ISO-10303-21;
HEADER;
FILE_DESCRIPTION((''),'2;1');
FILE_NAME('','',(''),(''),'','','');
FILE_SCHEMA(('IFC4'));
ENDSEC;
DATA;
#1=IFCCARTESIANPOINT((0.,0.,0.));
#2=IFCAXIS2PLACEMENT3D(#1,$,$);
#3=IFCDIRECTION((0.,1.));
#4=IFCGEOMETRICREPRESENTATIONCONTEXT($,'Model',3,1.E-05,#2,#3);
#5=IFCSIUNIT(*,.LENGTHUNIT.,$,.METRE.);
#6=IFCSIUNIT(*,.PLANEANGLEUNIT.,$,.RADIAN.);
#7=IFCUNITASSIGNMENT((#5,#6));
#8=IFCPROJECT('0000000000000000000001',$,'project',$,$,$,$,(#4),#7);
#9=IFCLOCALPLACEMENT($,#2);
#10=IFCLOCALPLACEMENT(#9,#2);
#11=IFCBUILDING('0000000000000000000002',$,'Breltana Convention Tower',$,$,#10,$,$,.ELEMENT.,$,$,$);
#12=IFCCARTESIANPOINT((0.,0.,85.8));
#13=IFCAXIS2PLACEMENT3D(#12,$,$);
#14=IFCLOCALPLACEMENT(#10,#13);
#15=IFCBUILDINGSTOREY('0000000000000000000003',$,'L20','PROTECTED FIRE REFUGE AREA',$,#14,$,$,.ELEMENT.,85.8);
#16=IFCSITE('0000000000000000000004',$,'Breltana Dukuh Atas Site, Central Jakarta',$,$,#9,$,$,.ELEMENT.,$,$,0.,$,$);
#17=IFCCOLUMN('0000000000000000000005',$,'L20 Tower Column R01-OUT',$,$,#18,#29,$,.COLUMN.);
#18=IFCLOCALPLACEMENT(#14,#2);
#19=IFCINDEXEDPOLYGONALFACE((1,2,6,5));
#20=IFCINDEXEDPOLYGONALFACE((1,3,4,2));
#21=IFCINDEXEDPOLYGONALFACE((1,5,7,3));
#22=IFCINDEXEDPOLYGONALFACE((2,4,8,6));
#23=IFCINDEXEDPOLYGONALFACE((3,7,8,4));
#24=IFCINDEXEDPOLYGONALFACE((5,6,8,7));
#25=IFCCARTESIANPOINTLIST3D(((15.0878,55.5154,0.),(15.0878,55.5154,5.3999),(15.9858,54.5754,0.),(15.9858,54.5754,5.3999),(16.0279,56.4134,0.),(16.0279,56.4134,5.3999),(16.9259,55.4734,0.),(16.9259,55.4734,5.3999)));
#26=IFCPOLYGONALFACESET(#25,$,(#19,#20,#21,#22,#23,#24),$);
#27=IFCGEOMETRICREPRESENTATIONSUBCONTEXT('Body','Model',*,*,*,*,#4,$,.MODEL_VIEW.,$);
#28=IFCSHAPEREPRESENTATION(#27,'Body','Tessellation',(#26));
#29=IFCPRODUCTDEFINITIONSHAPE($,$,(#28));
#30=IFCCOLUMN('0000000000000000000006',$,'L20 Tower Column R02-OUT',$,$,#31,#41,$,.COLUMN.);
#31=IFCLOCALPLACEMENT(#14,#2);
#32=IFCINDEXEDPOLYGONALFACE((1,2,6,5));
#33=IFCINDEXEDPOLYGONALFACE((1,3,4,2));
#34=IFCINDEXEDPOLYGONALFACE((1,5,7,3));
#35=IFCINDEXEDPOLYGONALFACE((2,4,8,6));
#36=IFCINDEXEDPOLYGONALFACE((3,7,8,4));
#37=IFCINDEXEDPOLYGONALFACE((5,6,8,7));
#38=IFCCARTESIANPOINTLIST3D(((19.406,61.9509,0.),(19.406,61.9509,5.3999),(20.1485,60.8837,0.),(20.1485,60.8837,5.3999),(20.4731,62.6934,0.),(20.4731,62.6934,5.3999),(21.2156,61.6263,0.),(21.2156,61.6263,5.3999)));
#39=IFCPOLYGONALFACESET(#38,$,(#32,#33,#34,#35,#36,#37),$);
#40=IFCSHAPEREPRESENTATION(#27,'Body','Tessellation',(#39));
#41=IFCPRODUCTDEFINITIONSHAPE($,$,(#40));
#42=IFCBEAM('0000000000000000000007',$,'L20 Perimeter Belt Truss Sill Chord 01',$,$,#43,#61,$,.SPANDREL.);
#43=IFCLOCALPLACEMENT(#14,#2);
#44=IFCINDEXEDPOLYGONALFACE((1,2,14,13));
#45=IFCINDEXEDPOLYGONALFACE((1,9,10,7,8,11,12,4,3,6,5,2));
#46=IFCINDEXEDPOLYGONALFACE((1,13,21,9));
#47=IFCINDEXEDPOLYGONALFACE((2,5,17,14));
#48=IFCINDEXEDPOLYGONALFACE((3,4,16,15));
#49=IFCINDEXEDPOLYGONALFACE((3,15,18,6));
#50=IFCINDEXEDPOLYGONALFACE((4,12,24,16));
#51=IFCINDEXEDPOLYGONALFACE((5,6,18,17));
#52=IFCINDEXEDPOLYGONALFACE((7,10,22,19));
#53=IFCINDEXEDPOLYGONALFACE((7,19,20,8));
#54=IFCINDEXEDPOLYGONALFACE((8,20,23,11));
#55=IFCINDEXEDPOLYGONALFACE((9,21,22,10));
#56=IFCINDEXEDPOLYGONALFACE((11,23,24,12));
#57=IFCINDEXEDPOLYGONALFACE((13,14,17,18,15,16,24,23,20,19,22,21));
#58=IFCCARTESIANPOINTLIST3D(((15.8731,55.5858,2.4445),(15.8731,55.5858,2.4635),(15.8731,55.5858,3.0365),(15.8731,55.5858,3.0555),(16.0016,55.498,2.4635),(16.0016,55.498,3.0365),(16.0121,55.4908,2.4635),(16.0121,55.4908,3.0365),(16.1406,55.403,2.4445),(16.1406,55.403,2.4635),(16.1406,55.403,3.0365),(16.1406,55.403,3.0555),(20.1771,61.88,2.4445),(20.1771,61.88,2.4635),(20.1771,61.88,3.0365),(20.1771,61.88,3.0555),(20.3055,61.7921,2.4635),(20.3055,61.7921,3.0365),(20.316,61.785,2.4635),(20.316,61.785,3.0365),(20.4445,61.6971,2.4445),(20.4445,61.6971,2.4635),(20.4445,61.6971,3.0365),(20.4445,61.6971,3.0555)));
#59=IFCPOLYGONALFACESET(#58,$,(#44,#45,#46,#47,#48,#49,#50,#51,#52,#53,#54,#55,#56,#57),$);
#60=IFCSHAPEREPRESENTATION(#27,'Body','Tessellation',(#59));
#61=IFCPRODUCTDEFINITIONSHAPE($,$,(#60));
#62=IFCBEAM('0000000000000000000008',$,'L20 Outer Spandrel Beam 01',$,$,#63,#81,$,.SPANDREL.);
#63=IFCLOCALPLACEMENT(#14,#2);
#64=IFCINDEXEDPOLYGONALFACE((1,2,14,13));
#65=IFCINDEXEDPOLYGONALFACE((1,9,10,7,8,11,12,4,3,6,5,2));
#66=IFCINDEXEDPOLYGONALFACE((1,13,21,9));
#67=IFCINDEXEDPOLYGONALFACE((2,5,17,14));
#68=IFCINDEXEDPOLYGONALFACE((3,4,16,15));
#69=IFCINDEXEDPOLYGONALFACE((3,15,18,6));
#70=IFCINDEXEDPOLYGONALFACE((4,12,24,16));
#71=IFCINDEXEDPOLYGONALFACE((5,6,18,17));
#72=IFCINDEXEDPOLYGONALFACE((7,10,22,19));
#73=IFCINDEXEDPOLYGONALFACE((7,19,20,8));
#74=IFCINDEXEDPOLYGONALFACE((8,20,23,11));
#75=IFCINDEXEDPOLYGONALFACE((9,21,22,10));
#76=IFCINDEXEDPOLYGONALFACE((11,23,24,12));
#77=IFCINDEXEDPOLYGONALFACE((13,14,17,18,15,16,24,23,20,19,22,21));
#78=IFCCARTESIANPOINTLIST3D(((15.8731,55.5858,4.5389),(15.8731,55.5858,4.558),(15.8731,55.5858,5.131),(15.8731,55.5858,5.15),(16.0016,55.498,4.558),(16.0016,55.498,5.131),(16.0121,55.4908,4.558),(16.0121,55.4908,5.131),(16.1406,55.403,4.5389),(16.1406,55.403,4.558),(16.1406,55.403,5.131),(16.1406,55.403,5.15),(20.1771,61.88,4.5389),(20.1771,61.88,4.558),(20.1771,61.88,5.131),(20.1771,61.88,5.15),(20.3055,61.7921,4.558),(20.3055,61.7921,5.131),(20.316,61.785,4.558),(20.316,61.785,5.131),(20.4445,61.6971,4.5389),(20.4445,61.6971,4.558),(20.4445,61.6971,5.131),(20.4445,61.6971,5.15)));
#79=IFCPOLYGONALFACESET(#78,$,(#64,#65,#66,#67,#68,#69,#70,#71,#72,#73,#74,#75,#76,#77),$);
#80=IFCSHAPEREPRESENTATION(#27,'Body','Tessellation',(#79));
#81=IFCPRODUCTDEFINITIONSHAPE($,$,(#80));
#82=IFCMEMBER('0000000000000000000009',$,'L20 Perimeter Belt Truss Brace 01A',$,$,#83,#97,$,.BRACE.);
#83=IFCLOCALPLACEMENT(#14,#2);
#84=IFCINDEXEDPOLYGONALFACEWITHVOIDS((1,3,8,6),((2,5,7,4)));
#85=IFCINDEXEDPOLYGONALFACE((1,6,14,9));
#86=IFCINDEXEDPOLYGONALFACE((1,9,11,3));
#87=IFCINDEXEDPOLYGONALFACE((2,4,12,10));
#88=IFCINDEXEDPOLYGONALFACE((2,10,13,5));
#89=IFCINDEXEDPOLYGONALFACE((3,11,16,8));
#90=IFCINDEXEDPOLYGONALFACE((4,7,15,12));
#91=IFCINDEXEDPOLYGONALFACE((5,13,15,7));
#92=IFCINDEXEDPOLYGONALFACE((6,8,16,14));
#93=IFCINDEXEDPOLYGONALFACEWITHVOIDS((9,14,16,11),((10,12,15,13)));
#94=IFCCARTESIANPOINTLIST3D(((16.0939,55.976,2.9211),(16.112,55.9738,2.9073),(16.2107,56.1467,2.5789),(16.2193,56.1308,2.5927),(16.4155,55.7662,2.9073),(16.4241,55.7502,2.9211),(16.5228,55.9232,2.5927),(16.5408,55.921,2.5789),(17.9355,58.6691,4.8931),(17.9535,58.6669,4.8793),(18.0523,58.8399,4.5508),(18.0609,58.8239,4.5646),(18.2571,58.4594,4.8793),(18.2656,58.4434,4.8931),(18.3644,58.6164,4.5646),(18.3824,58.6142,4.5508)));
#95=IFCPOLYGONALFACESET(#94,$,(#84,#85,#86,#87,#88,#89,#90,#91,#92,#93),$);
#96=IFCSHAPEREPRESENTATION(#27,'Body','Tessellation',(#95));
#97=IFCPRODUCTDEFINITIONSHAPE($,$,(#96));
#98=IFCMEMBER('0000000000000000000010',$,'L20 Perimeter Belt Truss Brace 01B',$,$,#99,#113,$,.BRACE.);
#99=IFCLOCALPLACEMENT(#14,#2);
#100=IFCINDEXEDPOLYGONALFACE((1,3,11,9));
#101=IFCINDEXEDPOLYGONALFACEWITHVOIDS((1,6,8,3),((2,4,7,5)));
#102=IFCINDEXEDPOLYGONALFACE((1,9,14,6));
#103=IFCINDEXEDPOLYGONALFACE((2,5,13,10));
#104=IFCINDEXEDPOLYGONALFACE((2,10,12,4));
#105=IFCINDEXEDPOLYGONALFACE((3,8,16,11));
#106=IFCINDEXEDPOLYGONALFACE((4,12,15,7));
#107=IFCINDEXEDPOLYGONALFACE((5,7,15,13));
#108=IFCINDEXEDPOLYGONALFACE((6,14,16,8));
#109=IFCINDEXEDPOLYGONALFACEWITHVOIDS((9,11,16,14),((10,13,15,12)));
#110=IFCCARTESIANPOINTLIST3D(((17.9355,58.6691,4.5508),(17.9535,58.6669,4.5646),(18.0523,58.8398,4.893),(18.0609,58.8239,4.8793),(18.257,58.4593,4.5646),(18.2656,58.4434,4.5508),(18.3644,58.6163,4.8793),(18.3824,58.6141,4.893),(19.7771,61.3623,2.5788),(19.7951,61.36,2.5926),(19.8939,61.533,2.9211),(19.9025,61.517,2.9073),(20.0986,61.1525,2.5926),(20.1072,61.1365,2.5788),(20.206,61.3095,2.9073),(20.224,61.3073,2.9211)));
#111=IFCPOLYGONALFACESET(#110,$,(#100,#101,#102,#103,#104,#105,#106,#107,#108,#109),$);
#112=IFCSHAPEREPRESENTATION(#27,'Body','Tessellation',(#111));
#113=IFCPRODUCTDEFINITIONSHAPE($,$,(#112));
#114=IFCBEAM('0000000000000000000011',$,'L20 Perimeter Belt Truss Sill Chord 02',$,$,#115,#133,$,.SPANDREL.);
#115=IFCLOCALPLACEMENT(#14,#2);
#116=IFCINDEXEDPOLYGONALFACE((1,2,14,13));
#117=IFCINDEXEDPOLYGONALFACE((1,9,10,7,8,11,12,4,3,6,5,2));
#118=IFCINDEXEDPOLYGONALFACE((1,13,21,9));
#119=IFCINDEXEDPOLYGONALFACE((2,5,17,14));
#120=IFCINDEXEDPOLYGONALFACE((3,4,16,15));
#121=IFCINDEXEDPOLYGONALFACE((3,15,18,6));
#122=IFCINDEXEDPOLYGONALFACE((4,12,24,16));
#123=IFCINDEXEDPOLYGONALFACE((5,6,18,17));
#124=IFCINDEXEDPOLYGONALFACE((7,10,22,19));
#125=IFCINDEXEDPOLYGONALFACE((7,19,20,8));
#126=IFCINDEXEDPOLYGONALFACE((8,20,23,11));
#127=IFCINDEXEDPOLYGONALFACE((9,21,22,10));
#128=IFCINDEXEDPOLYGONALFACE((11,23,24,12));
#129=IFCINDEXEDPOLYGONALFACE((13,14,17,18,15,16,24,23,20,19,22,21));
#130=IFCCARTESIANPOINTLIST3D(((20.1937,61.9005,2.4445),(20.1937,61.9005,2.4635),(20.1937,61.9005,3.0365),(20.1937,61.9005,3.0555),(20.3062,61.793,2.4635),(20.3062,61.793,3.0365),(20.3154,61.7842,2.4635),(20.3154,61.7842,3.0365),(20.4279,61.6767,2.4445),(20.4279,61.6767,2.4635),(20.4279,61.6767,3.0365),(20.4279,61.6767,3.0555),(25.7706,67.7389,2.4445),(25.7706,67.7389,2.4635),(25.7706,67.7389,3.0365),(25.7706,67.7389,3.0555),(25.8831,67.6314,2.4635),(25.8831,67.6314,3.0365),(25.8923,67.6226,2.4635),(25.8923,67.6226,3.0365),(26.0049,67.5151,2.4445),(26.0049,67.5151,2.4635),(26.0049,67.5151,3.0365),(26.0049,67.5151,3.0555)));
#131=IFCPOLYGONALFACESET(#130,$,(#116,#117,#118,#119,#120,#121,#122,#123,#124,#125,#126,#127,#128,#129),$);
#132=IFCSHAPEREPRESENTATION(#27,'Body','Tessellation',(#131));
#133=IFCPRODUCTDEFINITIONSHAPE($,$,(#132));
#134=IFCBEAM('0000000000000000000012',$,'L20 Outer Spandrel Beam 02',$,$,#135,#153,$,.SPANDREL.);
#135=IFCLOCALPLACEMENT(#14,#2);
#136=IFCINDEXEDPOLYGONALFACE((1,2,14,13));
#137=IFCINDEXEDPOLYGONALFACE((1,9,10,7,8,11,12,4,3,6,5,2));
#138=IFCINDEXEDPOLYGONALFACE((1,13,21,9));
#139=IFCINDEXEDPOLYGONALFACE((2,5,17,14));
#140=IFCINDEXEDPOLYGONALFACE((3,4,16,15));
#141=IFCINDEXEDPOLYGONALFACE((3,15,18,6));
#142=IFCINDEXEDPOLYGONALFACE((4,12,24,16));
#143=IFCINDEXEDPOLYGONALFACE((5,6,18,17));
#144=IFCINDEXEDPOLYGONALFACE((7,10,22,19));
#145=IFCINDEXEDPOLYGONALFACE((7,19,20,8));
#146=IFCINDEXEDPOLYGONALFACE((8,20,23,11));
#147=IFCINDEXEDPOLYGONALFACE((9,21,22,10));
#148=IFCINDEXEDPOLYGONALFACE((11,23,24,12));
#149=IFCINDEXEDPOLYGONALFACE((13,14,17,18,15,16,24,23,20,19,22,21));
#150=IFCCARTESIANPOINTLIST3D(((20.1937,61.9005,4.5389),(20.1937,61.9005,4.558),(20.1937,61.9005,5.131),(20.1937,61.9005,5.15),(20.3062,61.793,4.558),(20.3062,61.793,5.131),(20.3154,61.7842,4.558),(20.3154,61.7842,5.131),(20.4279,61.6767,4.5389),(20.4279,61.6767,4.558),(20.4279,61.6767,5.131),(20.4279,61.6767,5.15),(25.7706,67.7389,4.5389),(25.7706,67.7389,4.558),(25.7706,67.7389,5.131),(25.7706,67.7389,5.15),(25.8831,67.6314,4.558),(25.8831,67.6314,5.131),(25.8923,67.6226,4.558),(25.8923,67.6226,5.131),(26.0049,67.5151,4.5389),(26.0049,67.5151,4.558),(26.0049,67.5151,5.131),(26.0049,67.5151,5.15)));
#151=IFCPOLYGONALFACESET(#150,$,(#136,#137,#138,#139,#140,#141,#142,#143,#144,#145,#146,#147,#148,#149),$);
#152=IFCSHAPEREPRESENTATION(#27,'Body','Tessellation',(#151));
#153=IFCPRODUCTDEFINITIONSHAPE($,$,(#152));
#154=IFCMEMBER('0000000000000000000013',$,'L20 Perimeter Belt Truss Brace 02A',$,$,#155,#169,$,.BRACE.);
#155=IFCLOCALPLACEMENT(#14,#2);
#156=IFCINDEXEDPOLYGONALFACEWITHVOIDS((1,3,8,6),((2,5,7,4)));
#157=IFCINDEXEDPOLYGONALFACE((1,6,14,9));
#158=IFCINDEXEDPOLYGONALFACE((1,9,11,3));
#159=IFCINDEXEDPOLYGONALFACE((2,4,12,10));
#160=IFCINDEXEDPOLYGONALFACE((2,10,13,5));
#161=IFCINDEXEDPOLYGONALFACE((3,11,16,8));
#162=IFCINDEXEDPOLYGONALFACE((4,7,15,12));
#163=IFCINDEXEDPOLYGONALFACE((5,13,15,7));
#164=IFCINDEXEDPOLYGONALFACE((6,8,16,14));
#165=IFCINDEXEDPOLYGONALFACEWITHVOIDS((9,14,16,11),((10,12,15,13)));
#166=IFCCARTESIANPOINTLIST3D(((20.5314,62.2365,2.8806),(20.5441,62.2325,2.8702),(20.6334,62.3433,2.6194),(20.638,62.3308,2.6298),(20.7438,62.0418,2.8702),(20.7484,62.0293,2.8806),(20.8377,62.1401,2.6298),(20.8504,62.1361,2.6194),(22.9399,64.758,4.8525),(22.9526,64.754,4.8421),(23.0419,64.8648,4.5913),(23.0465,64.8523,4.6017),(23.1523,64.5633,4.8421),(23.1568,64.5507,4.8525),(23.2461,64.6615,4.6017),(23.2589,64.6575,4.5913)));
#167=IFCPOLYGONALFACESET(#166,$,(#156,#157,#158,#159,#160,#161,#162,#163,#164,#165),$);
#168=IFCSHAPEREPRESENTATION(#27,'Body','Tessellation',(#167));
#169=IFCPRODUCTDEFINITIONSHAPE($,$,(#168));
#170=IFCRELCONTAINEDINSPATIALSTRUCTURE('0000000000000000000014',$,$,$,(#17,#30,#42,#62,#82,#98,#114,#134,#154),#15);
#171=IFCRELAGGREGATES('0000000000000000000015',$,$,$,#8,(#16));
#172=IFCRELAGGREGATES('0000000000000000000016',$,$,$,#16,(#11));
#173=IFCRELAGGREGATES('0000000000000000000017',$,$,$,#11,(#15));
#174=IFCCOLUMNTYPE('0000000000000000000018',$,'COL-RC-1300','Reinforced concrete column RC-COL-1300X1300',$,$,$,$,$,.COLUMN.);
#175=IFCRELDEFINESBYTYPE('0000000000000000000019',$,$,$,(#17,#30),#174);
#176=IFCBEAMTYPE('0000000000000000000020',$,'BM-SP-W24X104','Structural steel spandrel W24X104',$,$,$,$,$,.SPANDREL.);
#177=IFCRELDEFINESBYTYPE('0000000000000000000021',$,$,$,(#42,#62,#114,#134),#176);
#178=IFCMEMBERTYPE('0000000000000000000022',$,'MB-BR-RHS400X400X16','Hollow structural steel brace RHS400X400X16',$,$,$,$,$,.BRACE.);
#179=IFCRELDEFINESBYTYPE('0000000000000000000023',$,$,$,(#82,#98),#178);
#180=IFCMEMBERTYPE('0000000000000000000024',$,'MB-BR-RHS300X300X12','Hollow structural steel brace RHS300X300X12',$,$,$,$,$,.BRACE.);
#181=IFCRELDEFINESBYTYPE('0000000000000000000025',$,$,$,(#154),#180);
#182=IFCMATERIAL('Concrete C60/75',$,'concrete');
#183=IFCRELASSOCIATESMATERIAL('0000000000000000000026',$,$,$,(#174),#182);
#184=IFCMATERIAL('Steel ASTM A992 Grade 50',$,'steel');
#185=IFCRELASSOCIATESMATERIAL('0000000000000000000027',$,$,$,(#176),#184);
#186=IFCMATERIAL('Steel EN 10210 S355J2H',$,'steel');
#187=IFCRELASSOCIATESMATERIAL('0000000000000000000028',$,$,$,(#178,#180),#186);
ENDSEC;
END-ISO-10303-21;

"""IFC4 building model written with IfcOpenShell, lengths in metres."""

from ifc_helpers import new_model, si_unit, direction, frame, origin, origin_2d, place, context, subcontext, project, spatial, rectangle, hollow_rectangle, i_section, extrude, source, transform, mapped, material, material_profile, profile_set, type_object, type_shapes, element, save


model = new_model("IFC4")

# Units and contexts
model_context = context("Model", 3, precision=1e-05, world=origin(), true_north=direction((0.0, 1.0)))
body_context = subcontext(model_context, "Body", "Model", "MODEL_VIEW")
ifc_project = project(units=[si_unit("LENGTHUNIT", "METRE"), si_unit("PLANEANGLEUNIT", "RADIAN")], contexts=[model_context])

# Site, building, storey
site_placement = place(None, origin())
site = spatial("IfcSite", under=ifc_project, at=site_placement, Name="Breltana Dukuh Atas Site, Central Jakarta", CompositionType="ELEMENT", RefElevation=0.0)
building_placement = place(site_placement, origin())
building = spatial("IfcBuilding", under=site, at=building_placement, Name="Breltana Convention Tower", CompositionType="ELEMENT")
storey_placement = place(building_placement, frame((0.0, 0.0, 85.8)))
storey = spatial("IfcBuildingStorey", under=building, at=storey_placement, Name="L20", Description="PROTECTED FIRE REFUGE AREA", CompositionType="ELEMENT", Elevation=85.8)

# Columns
ifc_material_1 = material(Name="Concrete C60/75", Category="concrete")
ifc_material_profile_1 = material_profile(ifc_material_1, rectangle(XDim=1.3, YDim=1.3, at=origin_2d()), Name="RC-COL-1300X1300")
ifc_profile_set_1 = profile_set([ifc_material_profile_1], Name="Concrete C60/75")
column_type = type_object("IfcColumnType", Name="COL-RC-1300", Description="Reinforced concrete column RC-COL-1300X1300", PredefinedType="COLUMN", material=ifc_profile_set_1)
shared_shape_1 = source(origin(), body_context, "Body", "SweptSolid", [
    extrude(rectangle(XDim=1.3, YDim=1.3, at=origin_2d()), origin(), (0.0, 0.0, 1.0), 5.3999),
])
type_shapes(column_type, [shared_shape_1])
for number, where, z_axis, x_axis, name in (
    (1, (16.0068, 55.4944, 0.0), (0.0, 0.0, 1.0), (-0.690756, 0.723088, 0.0), "L20 Tower Column R01-OUT"),
    (2, (20.3108, 61.7886, 0.0), (0.0, 0.0, 1.0), (-0.571143, 0.82085, 0.0), "L20 Tower Column R02-OUT"),
):
    element("IfcColumn", number, at=place(storey_placement, frame(where, z_axis=z_axis, x_axis=x_axis)), inside=storey, type_object=column_type, Name=name, PredefinedType="COLUMN", context=body_context, shape_type="MappedRepresentation", body=[
        mapped(shared_shape_1, transform((0.0, 0.0, 0.0), scale=1.0)),
    ])

# Beams
ifc_material_2 = material(Name="Steel ASTM A992 Grade 50", Category="steel")
ifc_material_profile_2 = material_profile(ifc_material_2, i_section(OverallWidth=0.324, OverallDepth=0.6111, WebThickness=0.0127, FlangeThickness=0.019, at=origin_2d()), Name="W24X104")
ifc_profile_set_2 = profile_set([ifc_material_profile_2], Name="Steel ASTM A992 Grade 50")
beam_type_1 = type_object("IfcBeamType", Name="BM-SP-W24X104", Description="Structural steel spandrel W24X104", PredefinedType="SPANDREL", material=ifc_profile_set_2)
shared_shape_2 = source(origin(), body_context, "Body", "SweptSolid", [
    extrude(i_section(OverallWidth=0.324, OverallDepth=0.6111, WebThickness=0.0127, FlangeThickness=0.019, at=origin_2d()), origin(), (0.0, 0.0, 1.0), 7.625),
])
type_shapes(beam_type_1, [shared_shape_2])
for number, where, z_axis, x_axis, name in (
    (3, (16.0068, 55.4944, 2.75), (0.564452, 0.825466, 0.0), (-0.825466, 0.564452, 0.0), "L20 Perimeter Belt Truss Sill Chord 01"),
    (4, (16.0068, 55.4944, 4.8445), (0.564452, 0.825466, 0.0), (-0.825466, 0.564452, 0.0), "L20 Outer Spandrel Beam 01"),
):
    element("IfcBeam", number, at=place(storey_placement, frame(where, z_axis=z_axis, x_axis=x_axis)), inside=storey, type_object=beam_type_1, Name=name, PredefinedType="SPANDREL", context=body_context, shape_type="MappedRepresentation", body=[
        mapped(shared_shape_2, transform((0.0, 0.0, 0.0), scale=1.0)),
    ])

# Members
ifc_material_3 = material(Name="Steel EN 10210 S355J2H", Category="steel")
ifc_material_profile_3 = material_profile(ifc_material_3, hollow_rectangle(XDim=0.3999, YDim=0.3999, WallThickness=0.0161, at=origin_2d()), Name="RHS400X400X16")
ifc_profile_set_3 = profile_set([ifc_material_profile_3], Name="Steel EN 10210 S355J2H")
member_type_1 = type_object("IfcMemberType", Name="MB-BR-RHS400X400X16", Description="Hollow structural steel brace RHS400X400X16", PredefinedType="BRACE", material=ifc_profile_set_3)
shared_shape_3 = source(origin(), body_context, "Body", "SweptSolid", [
    extrude(hollow_rectangle(XDim=0.3999, YDim=0.3999, WallThickness=0.0161, at=origin_2d()), origin(), (0.0, 0.0, 1.0), 3.8123),
])
type_shapes(member_type_1, [shared_shape_3])
for number, where, z_axis, x_axis, name in (
    (5, (16.3174, 55.9485, 2.75), (0.483072, 0.706451, 0.51727), (-0.825465, 0.564453, 0.0), "L20 Perimeter Belt Truss Brace 01A"),
    (6, (18.1589, 58.6416, 4.7219), (0.483072, 0.706451, -0.51727), (-0.825465, 0.564453, 0.0), "L20 Perimeter Belt Truss Brace 01B"),
):
    element("IfcMember", number, at=place(storey_placement, frame(where, z_axis=z_axis, x_axis=x_axis)), inside=storey, type_object=member_type_1, Name=name, PredefinedType="BRACE", context=body_context, shape_type="MappedRepresentation", body=[
        mapped(shared_shape_3, transform((0.0, 0.0, 0.0), scale=1.0)),
    ])

# Beams
shared_shape_4 = source(origin(), body_context, "Body", "SweptSolid", [
    extrude(i_section(OverallWidth=0.324, OverallDepth=0.6111, WebThickness=0.0127, FlangeThickness=0.019, at=origin_2d()), origin(), (0.0, 0.0, 1.0), 8.074),
])
for number, where, z_axis, x_axis, name in (
    (7, (20.3108, 61.7886, 2.75), (0.690729, 0.723114, 0.0), (-0.723114, 0.690729, 0.0), "L20 Perimeter Belt Truss Sill Chord 02"),
    (8, (20.3108, 61.7886, 4.8445), (0.690729, 0.723114, 0.0), (-0.723114, 0.690729, 0.0), "L20 Outer Spandrel Beam 02"),
):
    element("IfcBeam", number, at=place(storey_placement, frame(where, z_axis=z_axis, x_axis=x_axis)), inside=storey, type_object=beam_type_1, Name=name, PredefinedType="SPANDREL", context=body_context, shape_type="MappedRepresentation", body=[
        mapped(shared_shape_4, transform((0.0, 0.0, 0.0), scale=1.0)),
    ])

# Member
ifc_material_profile_4 = material_profile(ifc_material_3, hollow_rectangle(XDim=0.3, YDim=0.3, WallThickness=0.012, at=origin_2d()), Name="RHS300X300X12")
ifc_profile_set_4 = profile_set([ifc_material_profile_4], Name="Steel EN 10210 S355J2H")
member_type_2 = type_object("IfcMemberType", Name="MB-BR-RHS300X300X12", Description="Hollow structural steel brace RHS300X300X12", PredefinedType="BRACE", material=ifc_profile_set_4)
shared_shape_5 = source(origin(), body_context, "Body", "SweptSolid", [
    extrude(hollow_rectangle(XDim=0.3, YDim=0.3, WallThickness=0.012, at=origin_2d()), origin(), (0.0, 0.0, 1.0), 4.0059),
])
type_shapes(member_type_2, [shared_shape_5])
member_placement = place(storey_placement, frame((20.6909, 62.1863, 2.75), z_axis=(0.60123, 0.629448, 0.492259), x_axis=(-0.72313, 0.690712, 0.0)))
element("IfcMember", 9, at=member_placement, inside=storey, type_object=member_type_2, Name="L20 Perimeter Belt Truss Brace 02A", PredefinedType="BRACE", context=body_context, shape_type="MappedRepresentation", body=[
    mapped(shared_shape_5, transform((0.0, 0.0, 0.0), scale=1.0)),
])

save(model, "model.ifc")
